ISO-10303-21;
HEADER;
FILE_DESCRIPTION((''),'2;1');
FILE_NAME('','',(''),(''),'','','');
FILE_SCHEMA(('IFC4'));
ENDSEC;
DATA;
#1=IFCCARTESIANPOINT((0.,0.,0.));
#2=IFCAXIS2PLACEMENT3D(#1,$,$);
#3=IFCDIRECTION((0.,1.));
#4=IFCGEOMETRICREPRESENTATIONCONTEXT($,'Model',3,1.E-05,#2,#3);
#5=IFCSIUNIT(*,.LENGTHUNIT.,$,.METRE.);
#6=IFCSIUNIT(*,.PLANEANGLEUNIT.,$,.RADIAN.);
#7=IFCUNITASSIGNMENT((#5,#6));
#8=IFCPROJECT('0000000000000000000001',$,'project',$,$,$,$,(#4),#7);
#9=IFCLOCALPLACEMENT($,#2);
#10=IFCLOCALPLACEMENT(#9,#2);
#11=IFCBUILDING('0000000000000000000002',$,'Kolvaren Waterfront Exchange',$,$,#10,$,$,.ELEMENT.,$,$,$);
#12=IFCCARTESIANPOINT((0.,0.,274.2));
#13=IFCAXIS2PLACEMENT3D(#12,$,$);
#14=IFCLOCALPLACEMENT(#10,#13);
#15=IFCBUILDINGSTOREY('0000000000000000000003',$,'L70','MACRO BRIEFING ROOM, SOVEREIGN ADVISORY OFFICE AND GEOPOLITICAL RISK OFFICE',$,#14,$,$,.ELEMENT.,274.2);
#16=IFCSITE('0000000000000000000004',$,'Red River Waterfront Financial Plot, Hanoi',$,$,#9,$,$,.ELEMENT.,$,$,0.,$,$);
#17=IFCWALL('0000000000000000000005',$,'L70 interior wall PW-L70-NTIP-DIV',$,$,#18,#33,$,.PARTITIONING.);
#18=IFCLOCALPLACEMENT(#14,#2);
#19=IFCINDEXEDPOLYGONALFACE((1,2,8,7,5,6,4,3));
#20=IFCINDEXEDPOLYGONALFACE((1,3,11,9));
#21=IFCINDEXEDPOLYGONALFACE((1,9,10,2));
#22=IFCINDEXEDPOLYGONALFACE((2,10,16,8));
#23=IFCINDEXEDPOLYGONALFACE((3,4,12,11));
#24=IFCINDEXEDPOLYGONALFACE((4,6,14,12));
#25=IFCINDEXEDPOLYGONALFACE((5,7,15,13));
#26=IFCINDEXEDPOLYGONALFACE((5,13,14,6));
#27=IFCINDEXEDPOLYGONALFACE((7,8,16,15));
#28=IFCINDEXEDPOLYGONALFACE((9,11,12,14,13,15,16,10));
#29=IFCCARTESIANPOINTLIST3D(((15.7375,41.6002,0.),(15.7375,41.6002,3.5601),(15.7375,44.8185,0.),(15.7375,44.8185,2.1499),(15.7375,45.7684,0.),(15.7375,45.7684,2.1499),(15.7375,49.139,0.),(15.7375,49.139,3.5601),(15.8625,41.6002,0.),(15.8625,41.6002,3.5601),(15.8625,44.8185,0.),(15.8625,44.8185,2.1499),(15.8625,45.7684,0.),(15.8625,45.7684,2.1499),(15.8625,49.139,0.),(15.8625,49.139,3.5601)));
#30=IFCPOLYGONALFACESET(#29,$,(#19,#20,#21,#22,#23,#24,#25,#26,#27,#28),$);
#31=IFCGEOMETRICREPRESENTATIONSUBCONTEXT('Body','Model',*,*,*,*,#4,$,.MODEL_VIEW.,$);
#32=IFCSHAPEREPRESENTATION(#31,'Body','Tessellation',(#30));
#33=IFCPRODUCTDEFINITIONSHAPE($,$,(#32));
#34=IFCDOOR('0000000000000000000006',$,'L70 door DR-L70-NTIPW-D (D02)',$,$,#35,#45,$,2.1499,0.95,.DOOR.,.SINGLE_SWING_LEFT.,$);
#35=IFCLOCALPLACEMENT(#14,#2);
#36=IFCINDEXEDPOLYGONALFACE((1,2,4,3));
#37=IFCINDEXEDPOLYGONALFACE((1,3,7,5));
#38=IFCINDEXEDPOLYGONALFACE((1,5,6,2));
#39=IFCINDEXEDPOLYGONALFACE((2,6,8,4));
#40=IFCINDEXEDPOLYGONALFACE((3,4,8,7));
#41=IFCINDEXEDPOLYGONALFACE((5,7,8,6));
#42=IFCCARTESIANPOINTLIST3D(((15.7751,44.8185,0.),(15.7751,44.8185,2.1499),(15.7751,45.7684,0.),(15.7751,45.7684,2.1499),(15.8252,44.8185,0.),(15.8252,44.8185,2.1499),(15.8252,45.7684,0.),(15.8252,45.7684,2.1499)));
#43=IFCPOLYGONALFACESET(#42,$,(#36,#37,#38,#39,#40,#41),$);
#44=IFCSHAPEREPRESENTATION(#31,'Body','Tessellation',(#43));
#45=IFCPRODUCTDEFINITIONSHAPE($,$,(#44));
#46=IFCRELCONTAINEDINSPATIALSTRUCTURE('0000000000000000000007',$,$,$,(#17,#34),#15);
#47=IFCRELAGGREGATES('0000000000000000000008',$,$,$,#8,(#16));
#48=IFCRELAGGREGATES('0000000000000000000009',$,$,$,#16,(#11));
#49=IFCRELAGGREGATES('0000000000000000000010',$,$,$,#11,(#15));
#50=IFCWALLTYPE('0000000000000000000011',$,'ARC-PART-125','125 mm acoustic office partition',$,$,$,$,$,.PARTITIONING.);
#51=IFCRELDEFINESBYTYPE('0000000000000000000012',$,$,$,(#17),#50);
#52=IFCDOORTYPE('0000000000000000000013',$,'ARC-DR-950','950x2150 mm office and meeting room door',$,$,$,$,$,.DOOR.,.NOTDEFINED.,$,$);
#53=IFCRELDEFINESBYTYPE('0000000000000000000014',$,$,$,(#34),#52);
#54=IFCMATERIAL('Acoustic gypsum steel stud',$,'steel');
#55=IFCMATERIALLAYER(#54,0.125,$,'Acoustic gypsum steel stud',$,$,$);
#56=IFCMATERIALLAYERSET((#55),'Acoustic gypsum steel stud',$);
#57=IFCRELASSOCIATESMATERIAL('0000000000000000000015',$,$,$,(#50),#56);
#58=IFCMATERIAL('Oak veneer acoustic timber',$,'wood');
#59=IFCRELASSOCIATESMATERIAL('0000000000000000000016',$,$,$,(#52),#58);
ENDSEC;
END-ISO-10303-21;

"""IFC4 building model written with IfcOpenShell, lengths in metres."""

from ifc_helpers import new_model, si_unit, direction, frame, frame_2d, origin, place, context, subcontext, project, spatial, rectangle, extrude, material, layer, layer_set, type_object, element, fill, save


model = new_model("IFC4")

# Units and contexts
model_context = context("Model", 3, precision=1e-05, world=origin(), true_north=direction((0.0, 1.0)))
body_context = subcontext(model_context, "Body", "Model", "MODEL_VIEW")
ifc_project = project(units=[si_unit("LENGTHUNIT", "METRE"), si_unit("PLANEANGLEUNIT", "RADIAN")], contexts=[model_context])

# Site, building, storey
site_placement = place(None, origin())
site = spatial("IfcSite", under=ifc_project, at=site_placement, Name="Red River Waterfront Financial Plot, Hanoi", CompositionType="ELEMENT", RefElevation=0.0)
building_placement = place(site_placement, origin())
building = spatial("IfcBuilding", under=site, at=building_placement, Name="Kolvaren Waterfront Exchange", CompositionType="ELEMENT")
storey_placement = place(building_placement, frame((0.0, 0.0, 274.2)))
storey = spatial("IfcBuildingStorey", under=building, at=storey_placement, Name="L70", Description="MACRO BRIEFING ROOM, SOVEREIGN ADVISORY OFFICE AND GEOPOLITICAL RISK OFFICE", CompositionType="ELEMENT", Elevation=274.2)

# Shared definitions
ifc_material_1 = material(Name="Acoustic gypsum steel stud", Category="steel")
ifc_layer_1 = layer(ifc_material_1, 0.125, Name="Acoustic gypsum steel stud")
ifc_layer_set_1 = layer_set([ifc_layer_1], Name="Acoustic gypsum steel stud")
wall_type_1 = type_object("IfcWallType", Name="ARC-PART-125", Description="125 mm acoustic office partition", PredefinedType="PARTITIONING", material=ifc_layer_set_1)

# Wall, opening, door
wall_1_placement = place(storey_placement, frame((15.8, 41.6001, 0.0), z_axis=(0.0, 0.0, 1.0), x_axis=(0.0, 1.0, 0.0)))
wall_1 = element("IfcWall", 1, at=wall_1_placement, inside=storey, type_object=wall_type_1, Name="L70 interior wall PW-L70-NTIP-DIV", PredefinedType="PARTITIONING", context=body_context, shape_type="SweptSolid", body=[
    extrude(rectangle(XDim=7.5388, YDim=0.125, at=frame_2d((3.7695, 0.0))), origin(), (0.0, 0.0, 1.0), 3.5601),
])
opening_1_placement = place(wall_1_placement, frame((3.2183, 0.0, 0.0)))
opening_1 = element("IfcOpeningElement", 2, at=opening_1_placement, cuts=wall_1, PredefinedType="OPENING", context=body_context, shape_type="SweptSolid", body=[
    extrude(rectangle(XDim=0.95, YDim=2.1499, at=frame_2d((0.4751, 1.075))), frame((0.0, 0.0725, 0.0), z_axis=(0.0, -1.0, 0.0), x_axis=(1.0, 0.0, 0.0)), (0.0, 0.0, 1.0), 0.145),
])
ifc_material_2 = material(Name="Oak veneer acoustic timber", Category="wood")
door_type_1 = type_object("IfcDoorType", Name="ARC-DR-950", Description="950x2150 mm office and meeting room door", OperationType="NOTDEFINED", PredefinedType="DOOR", material=ifc_material_2)
door_1_placement = place(opening_1_placement, origin())
door_1 = element("IfcDoor", 3, at=door_1_placement, inside=storey, type_object=door_type_1, Name="L70 door DR-L70-NTIPW-D (D02)", OperationType="SINGLE_SWING_LEFT", OverallHeight=2.1499, OverallWidth=0.95, PredefinedType="DOOR", context=body_context, shape_type="SweptSolid", body=[
    extrude(rectangle(XDim=0.95, YDim=2.1499, at=frame_2d((0.4751, 1.075))), frame((0.0, 0.0249, 0.0), z_axis=(0.0, -1.0, 0.0), x_axis=(1.0, 0.0, 0.0)), (0.0, 0.0, 1.0), 0.05),
])
fill(opening_1, door_1)

save(model, "model.ifc")
